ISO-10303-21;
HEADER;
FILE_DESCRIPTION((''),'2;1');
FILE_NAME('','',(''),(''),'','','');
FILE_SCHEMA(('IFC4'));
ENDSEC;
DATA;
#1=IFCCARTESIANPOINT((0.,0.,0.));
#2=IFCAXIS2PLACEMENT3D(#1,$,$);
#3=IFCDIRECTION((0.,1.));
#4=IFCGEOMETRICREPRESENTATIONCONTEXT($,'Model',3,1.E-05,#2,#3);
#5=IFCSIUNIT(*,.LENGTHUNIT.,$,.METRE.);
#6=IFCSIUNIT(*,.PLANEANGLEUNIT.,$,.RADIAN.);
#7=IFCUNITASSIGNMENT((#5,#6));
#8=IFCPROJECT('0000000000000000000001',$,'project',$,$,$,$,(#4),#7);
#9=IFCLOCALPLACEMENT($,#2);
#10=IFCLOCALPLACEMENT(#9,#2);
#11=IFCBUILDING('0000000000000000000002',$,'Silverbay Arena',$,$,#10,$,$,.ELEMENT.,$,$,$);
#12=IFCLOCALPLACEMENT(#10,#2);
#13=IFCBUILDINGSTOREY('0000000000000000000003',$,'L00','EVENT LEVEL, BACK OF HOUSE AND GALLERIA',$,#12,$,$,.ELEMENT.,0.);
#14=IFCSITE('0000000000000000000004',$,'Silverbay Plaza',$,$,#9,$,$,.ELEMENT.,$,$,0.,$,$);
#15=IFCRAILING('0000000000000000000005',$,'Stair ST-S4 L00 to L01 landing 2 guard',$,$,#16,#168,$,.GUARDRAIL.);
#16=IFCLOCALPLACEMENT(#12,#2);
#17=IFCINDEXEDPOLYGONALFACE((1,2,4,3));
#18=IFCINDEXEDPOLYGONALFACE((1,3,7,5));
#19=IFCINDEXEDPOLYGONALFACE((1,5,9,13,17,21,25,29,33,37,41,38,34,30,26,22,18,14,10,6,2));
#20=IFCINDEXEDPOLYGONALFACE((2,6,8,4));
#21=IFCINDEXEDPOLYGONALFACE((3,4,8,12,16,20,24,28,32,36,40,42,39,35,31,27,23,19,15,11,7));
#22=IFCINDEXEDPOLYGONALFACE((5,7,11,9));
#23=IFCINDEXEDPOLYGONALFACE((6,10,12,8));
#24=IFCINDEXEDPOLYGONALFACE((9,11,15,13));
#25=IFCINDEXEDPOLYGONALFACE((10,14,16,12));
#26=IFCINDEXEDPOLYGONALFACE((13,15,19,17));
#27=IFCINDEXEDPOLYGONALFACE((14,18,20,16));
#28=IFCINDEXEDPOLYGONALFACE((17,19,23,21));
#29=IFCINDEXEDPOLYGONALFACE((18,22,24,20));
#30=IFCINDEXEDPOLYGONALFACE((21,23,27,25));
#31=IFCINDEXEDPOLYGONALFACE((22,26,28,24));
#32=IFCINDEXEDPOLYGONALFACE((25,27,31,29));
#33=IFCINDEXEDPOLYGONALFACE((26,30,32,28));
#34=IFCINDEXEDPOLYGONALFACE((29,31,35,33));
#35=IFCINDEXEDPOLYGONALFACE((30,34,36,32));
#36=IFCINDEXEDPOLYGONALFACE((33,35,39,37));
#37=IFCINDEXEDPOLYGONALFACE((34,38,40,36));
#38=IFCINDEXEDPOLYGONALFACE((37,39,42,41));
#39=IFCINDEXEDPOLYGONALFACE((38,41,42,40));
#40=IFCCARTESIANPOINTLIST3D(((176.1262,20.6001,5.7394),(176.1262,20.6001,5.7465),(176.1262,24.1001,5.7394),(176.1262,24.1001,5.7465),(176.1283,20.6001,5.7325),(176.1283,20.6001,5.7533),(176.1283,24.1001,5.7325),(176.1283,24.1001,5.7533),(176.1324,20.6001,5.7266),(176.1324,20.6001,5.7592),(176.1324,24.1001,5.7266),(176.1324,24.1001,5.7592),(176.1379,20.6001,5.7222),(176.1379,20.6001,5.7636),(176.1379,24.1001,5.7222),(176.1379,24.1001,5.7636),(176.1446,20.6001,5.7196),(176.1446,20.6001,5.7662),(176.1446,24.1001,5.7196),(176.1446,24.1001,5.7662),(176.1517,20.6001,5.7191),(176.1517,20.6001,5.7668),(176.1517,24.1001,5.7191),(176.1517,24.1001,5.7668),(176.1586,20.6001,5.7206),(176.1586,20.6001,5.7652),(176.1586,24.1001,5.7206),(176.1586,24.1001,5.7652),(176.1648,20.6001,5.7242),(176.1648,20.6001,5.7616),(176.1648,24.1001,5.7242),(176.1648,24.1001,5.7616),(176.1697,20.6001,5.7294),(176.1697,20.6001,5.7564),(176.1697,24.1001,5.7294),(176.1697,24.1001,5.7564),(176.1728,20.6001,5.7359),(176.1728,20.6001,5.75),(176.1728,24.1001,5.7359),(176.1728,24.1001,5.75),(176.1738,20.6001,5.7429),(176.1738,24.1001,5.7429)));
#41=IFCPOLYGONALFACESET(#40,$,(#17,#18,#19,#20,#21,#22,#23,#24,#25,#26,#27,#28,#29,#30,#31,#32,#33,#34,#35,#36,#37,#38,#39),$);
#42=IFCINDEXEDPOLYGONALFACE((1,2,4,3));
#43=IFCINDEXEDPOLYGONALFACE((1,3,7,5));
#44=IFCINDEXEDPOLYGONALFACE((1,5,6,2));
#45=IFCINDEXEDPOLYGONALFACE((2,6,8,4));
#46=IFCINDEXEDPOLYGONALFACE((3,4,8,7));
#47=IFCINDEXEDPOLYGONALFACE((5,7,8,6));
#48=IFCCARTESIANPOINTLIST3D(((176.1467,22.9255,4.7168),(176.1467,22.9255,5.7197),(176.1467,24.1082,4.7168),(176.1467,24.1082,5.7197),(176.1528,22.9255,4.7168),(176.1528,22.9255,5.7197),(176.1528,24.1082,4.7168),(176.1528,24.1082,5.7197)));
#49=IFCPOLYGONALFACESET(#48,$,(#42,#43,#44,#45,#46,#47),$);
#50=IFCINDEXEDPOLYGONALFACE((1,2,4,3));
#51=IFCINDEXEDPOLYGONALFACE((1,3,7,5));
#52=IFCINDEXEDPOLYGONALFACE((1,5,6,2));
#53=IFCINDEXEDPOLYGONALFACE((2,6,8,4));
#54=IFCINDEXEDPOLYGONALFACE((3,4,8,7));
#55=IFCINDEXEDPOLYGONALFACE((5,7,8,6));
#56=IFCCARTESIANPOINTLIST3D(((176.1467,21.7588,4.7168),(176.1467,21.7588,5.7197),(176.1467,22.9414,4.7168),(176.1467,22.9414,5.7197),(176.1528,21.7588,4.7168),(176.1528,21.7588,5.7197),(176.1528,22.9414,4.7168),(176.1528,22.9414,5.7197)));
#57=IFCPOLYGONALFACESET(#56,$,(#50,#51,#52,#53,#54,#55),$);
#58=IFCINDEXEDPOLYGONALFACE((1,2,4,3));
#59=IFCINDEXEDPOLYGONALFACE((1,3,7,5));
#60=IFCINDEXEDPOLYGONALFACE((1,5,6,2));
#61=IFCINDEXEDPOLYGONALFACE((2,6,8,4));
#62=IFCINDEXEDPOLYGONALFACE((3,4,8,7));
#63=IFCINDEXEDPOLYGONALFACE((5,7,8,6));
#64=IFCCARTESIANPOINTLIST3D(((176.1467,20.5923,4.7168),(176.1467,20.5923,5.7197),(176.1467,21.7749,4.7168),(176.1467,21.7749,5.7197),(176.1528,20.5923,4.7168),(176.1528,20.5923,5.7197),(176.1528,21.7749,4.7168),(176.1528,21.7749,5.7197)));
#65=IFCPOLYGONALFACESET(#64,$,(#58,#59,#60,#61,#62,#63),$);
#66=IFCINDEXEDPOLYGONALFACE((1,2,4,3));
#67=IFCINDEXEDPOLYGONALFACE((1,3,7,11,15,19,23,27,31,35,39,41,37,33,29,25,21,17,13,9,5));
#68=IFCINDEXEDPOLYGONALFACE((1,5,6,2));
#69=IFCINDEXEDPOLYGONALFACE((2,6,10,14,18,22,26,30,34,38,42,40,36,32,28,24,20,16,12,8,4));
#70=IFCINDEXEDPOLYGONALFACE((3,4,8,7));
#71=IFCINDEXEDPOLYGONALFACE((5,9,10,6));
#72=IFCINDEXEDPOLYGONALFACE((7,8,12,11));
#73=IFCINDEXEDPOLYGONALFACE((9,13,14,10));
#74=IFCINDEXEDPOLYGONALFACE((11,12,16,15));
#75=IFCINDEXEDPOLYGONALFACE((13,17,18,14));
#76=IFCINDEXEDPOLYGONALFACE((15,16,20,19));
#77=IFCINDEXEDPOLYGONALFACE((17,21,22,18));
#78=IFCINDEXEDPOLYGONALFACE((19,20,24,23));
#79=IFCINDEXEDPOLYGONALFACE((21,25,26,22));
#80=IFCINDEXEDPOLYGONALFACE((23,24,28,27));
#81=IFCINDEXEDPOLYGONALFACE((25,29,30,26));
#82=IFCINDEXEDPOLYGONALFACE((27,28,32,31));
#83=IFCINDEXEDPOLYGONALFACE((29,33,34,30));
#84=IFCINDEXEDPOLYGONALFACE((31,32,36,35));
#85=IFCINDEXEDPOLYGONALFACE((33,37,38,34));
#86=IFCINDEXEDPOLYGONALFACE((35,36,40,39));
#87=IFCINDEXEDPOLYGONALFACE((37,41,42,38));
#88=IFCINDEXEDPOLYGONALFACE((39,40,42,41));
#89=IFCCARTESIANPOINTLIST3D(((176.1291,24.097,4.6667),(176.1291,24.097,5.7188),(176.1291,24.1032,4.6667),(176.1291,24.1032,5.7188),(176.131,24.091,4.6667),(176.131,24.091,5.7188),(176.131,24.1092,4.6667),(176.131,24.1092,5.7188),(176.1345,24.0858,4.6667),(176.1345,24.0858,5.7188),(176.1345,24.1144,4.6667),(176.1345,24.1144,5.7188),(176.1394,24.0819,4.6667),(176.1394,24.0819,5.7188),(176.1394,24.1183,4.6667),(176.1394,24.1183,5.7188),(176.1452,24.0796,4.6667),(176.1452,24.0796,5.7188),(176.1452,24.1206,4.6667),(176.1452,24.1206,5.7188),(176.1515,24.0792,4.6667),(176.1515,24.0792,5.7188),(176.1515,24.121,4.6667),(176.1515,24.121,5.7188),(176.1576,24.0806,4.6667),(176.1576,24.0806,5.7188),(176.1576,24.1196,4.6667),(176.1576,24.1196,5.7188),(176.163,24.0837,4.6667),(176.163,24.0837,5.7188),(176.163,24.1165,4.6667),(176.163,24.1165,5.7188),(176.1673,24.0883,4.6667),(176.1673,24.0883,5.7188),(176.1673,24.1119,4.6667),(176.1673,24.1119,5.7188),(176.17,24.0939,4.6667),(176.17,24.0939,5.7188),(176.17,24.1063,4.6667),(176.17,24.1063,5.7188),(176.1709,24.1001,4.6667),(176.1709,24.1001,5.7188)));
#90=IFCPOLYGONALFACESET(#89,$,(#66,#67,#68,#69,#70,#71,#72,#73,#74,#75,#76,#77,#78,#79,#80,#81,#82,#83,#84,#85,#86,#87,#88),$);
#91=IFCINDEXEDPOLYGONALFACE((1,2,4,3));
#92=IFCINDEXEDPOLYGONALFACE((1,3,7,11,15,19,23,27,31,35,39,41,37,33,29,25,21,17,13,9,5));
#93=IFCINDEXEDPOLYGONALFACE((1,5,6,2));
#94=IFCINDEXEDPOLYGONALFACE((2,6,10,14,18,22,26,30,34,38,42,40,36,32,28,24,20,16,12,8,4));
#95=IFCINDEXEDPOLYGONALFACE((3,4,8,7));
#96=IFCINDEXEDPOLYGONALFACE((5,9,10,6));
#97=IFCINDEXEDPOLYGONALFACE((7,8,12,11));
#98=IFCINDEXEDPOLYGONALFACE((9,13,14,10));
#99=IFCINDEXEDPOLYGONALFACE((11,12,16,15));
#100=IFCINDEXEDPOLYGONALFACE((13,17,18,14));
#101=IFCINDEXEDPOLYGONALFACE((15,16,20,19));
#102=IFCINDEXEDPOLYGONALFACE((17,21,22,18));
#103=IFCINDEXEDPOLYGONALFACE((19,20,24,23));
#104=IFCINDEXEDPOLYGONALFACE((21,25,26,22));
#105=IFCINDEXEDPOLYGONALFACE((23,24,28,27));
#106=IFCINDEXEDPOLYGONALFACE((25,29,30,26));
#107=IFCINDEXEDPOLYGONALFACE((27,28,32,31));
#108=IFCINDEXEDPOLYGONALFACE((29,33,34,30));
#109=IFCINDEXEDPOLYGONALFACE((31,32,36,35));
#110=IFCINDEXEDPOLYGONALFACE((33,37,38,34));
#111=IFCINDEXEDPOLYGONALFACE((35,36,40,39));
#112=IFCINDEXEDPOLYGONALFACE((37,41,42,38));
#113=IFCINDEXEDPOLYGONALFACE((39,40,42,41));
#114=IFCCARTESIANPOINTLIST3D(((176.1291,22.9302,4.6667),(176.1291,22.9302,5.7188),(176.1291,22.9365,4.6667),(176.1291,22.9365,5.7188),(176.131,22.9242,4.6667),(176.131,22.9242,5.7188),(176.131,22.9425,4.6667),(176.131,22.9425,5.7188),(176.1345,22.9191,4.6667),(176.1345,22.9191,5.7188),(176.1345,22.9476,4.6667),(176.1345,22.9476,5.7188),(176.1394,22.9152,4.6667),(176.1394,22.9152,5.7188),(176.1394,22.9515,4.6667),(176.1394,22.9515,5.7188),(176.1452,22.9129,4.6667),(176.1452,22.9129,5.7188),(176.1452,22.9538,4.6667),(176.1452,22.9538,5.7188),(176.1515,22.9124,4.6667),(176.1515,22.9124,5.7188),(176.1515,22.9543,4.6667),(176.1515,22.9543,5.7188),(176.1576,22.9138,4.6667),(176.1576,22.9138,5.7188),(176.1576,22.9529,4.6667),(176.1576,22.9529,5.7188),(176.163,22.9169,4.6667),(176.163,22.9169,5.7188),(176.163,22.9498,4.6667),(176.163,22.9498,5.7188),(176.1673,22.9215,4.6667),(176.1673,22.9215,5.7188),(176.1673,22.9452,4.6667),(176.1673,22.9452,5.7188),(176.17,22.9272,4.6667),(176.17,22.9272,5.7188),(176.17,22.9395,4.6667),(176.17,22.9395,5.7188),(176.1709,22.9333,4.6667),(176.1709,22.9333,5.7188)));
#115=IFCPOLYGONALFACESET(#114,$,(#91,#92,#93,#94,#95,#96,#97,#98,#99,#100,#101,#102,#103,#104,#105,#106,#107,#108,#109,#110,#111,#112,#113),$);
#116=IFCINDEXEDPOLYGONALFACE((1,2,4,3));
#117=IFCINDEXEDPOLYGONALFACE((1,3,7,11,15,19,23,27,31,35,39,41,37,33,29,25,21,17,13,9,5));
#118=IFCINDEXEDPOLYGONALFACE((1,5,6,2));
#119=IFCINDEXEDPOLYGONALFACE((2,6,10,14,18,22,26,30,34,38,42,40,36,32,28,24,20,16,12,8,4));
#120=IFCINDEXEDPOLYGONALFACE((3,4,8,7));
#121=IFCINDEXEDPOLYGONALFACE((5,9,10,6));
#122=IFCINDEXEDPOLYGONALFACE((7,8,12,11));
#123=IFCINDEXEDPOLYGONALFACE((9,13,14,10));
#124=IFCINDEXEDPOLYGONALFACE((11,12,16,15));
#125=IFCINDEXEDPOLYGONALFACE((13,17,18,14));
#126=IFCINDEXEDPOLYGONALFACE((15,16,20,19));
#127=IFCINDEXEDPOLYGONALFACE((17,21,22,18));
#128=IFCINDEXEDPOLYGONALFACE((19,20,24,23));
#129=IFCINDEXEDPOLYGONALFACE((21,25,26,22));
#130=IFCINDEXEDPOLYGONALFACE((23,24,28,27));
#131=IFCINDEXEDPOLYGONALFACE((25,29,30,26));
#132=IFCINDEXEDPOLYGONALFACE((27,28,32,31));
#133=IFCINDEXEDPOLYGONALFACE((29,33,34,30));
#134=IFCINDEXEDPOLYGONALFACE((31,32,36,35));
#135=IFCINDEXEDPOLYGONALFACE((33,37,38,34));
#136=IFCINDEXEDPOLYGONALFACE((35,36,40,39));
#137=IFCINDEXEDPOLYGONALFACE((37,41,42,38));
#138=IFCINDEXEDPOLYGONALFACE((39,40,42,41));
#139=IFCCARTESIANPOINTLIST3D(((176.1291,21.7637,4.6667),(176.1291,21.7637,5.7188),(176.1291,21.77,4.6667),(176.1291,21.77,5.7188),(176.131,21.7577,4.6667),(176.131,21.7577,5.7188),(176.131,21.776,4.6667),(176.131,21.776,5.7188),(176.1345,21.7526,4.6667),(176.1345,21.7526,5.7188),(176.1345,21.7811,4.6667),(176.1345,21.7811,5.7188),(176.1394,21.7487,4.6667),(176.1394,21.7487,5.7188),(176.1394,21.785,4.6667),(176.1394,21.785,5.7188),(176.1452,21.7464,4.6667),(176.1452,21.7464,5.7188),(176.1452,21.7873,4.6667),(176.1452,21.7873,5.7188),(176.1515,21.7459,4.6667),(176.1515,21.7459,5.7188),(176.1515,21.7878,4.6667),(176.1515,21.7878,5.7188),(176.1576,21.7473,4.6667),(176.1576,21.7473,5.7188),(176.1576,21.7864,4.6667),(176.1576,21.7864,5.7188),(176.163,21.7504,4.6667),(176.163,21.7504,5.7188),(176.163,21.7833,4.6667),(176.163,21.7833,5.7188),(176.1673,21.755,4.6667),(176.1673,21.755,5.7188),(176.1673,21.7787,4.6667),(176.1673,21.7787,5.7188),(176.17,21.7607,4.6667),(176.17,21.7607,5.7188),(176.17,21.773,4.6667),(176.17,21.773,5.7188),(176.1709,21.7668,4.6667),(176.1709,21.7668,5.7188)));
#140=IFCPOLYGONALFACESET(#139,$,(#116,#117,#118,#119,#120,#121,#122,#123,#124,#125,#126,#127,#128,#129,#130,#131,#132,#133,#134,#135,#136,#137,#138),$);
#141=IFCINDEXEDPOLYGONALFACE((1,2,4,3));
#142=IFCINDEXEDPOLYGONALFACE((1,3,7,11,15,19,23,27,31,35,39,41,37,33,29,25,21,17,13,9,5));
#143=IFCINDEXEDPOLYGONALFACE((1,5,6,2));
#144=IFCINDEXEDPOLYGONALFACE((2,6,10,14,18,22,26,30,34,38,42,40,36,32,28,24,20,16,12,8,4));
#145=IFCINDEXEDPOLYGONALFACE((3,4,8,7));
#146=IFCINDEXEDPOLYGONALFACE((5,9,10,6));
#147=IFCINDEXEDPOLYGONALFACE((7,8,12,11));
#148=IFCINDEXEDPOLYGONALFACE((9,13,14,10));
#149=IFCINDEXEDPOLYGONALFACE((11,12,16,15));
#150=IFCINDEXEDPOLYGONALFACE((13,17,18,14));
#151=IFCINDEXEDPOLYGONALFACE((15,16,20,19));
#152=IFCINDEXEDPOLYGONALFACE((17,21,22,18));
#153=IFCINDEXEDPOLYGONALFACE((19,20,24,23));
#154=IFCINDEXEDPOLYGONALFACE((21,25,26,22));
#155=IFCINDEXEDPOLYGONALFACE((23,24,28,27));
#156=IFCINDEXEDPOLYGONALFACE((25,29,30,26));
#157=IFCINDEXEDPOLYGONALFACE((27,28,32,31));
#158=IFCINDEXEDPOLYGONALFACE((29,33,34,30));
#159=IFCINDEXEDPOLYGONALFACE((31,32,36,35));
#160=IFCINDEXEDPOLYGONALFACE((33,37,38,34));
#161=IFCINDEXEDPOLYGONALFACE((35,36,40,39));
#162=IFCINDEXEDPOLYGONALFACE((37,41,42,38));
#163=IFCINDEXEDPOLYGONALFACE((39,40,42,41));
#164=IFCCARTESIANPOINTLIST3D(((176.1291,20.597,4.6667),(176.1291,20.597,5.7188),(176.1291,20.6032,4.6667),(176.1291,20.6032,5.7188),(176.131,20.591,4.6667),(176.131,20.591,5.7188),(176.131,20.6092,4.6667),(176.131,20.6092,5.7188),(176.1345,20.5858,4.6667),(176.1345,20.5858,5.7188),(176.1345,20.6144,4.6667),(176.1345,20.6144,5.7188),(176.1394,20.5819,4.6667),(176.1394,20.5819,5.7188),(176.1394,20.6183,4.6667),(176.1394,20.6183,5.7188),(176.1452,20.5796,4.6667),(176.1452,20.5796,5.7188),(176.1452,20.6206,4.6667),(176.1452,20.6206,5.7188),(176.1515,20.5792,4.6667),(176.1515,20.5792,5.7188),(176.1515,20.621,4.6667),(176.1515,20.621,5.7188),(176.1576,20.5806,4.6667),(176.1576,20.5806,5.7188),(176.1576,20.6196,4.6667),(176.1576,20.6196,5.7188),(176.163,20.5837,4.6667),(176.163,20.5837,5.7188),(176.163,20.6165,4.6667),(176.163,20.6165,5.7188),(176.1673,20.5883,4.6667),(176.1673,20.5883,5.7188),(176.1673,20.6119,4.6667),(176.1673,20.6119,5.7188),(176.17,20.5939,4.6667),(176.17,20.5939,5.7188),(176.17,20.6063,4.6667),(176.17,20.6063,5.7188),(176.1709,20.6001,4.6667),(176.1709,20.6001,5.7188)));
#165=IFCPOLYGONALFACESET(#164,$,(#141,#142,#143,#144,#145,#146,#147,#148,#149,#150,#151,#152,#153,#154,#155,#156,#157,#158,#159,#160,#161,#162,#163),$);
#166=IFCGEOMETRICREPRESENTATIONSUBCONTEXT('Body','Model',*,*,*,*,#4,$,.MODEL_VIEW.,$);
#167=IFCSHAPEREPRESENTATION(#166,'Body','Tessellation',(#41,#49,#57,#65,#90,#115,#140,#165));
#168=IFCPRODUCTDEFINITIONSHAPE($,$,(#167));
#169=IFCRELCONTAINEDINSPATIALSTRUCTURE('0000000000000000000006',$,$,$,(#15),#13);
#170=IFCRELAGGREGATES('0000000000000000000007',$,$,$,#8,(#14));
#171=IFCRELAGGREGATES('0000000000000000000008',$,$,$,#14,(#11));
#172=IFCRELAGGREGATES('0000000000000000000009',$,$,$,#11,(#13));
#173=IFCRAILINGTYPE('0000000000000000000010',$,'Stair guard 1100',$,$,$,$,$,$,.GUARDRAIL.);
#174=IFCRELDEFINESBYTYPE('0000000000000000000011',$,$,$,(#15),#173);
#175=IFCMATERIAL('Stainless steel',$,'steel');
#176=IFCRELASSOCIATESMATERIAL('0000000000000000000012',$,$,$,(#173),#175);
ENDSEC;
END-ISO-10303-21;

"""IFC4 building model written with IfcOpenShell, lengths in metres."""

from ifc_helpers import new_model, si_unit, direction, frame, origin, origin_2d, place, context, subcontext, project, spatial, polyline, circle, outline, extrude, material, type_object, element, save


model = new_model("IFC4")

# Units and contexts
model_context = context("Model", 3, precision=1e-05, world=origin(), true_north=direction((0.0, 1.0)))
body_context = subcontext(model_context, "Body", "Model", "MODEL_VIEW")
ifc_project = project(units=[si_unit("LENGTHUNIT", "METRE"), si_unit("PLANEANGLEUNIT", "RADIAN")], contexts=[model_context])

# Site, building, storey
site_placement = place(None, origin())
site = spatial("IfcSite", under=ifc_project, at=site_placement, Name="Silverbay Plaza", CompositionType="ELEMENT", RefElevation=0.0)
building_placement = place(site_placement, origin())
building = spatial("IfcBuilding", under=site, at=building_placement, Name="Silverbay Arena", CompositionType="ELEMENT")
storey_placement = place(building_placement, origin())
storey = spatial("IfcBuildingStorey", under=building, at=storey_placement, Name="L00", Description="EVENT LEVEL, BACK OF HOUSE AND GALLERIA", CompositionType="ELEMENT", Elevation=0.0)

# Railing
ifc_material_1 = material(Name="Stainless steel", Category="steel")
railing_type_1 = type_object("IfcRailingType", Name="Stair guard 1100", PredefinedType="GUARDRAIL", material=ifc_material_1)
for number, where, name in (
    (1, (176.1499, 24.1001, 4.6667), "Stair ST-S4 L00 to L01 landing 2 guard"),
):
    element("IfcRailing", number, at=place(storey_placement, frame(where)), inside=storey, type_object=railing_type_1, Name=name, PredefinedType="GUARDRAIL", context=body_context, shape_type="SweptSolid", body=[
        extrude(circle(Radius=0.0239, at=origin_2d()), frame((0.0, 0.0, 1.0762), z_axis=(0.0, -1.0, 0.0), x_axis=(1.0, 0.0, 0.0)), (0.0, 0.0, 1.0), 3.5),
        extrude(outline(polyline([(-0.0081, 0.05), (1.1746, 0.05), (1.1746, 1.053), (-0.0081, 1.053), (-0.0081, 0.05)])), frame((0.0029, 0.0, 0.0), z_axis=(-1.0, 0.0, 0.0), x_axis=(0.0, -1.0, 0.0)), (0.0, 0.0, 1.0), 0.0061),
        extrude(outline(polyline([(-0.0081, 0.05), (1.1746, 0.05), (1.1746, 1.053), (-0.0081, 1.053), (-0.0081, 0.05)])), frame((0.0029, -1.1667, 0.0), z_axis=(-1.0, 0.0, 0.0), x_axis=(0.0, -1.0, 0.0)), (0.0, 0.0, 1.0), 0.0061),
        extrude(outline(polyline([(-0.0081, 0.05), (1.1746, 0.05), (1.1746, 1.053), (-0.0081, 1.053), (-0.0081, 0.05)])), frame((0.0029, -2.3333, 0.0), z_axis=(-1.0, 0.0, 0.0), x_axis=(0.0, -1.0, 0.0)), (0.0, 0.0, 1.0), 0.0061),
        extrude(circle(Radius=0.021, at=origin_2d()), origin(), (0.0, 0.0, 1.0), 1.052),
        extrude(circle(Radius=0.021, at=origin_2d()), frame((0.0, -1.1667, 0.0)), (0.0, 0.0, 1.0), 1.052),
        extrude(circle(Radius=0.021, at=origin_2d()), frame((0.0, -2.3333, 0.0)), (0.0, 0.0, 1.0), 1.052),
        extrude(circle(Radius=0.021, at=origin_2d()), frame((0.0, -3.5, 0.0)), (0.0, 0.0, 1.0), 1.052),
    ])

save(model, "model.ifc")
